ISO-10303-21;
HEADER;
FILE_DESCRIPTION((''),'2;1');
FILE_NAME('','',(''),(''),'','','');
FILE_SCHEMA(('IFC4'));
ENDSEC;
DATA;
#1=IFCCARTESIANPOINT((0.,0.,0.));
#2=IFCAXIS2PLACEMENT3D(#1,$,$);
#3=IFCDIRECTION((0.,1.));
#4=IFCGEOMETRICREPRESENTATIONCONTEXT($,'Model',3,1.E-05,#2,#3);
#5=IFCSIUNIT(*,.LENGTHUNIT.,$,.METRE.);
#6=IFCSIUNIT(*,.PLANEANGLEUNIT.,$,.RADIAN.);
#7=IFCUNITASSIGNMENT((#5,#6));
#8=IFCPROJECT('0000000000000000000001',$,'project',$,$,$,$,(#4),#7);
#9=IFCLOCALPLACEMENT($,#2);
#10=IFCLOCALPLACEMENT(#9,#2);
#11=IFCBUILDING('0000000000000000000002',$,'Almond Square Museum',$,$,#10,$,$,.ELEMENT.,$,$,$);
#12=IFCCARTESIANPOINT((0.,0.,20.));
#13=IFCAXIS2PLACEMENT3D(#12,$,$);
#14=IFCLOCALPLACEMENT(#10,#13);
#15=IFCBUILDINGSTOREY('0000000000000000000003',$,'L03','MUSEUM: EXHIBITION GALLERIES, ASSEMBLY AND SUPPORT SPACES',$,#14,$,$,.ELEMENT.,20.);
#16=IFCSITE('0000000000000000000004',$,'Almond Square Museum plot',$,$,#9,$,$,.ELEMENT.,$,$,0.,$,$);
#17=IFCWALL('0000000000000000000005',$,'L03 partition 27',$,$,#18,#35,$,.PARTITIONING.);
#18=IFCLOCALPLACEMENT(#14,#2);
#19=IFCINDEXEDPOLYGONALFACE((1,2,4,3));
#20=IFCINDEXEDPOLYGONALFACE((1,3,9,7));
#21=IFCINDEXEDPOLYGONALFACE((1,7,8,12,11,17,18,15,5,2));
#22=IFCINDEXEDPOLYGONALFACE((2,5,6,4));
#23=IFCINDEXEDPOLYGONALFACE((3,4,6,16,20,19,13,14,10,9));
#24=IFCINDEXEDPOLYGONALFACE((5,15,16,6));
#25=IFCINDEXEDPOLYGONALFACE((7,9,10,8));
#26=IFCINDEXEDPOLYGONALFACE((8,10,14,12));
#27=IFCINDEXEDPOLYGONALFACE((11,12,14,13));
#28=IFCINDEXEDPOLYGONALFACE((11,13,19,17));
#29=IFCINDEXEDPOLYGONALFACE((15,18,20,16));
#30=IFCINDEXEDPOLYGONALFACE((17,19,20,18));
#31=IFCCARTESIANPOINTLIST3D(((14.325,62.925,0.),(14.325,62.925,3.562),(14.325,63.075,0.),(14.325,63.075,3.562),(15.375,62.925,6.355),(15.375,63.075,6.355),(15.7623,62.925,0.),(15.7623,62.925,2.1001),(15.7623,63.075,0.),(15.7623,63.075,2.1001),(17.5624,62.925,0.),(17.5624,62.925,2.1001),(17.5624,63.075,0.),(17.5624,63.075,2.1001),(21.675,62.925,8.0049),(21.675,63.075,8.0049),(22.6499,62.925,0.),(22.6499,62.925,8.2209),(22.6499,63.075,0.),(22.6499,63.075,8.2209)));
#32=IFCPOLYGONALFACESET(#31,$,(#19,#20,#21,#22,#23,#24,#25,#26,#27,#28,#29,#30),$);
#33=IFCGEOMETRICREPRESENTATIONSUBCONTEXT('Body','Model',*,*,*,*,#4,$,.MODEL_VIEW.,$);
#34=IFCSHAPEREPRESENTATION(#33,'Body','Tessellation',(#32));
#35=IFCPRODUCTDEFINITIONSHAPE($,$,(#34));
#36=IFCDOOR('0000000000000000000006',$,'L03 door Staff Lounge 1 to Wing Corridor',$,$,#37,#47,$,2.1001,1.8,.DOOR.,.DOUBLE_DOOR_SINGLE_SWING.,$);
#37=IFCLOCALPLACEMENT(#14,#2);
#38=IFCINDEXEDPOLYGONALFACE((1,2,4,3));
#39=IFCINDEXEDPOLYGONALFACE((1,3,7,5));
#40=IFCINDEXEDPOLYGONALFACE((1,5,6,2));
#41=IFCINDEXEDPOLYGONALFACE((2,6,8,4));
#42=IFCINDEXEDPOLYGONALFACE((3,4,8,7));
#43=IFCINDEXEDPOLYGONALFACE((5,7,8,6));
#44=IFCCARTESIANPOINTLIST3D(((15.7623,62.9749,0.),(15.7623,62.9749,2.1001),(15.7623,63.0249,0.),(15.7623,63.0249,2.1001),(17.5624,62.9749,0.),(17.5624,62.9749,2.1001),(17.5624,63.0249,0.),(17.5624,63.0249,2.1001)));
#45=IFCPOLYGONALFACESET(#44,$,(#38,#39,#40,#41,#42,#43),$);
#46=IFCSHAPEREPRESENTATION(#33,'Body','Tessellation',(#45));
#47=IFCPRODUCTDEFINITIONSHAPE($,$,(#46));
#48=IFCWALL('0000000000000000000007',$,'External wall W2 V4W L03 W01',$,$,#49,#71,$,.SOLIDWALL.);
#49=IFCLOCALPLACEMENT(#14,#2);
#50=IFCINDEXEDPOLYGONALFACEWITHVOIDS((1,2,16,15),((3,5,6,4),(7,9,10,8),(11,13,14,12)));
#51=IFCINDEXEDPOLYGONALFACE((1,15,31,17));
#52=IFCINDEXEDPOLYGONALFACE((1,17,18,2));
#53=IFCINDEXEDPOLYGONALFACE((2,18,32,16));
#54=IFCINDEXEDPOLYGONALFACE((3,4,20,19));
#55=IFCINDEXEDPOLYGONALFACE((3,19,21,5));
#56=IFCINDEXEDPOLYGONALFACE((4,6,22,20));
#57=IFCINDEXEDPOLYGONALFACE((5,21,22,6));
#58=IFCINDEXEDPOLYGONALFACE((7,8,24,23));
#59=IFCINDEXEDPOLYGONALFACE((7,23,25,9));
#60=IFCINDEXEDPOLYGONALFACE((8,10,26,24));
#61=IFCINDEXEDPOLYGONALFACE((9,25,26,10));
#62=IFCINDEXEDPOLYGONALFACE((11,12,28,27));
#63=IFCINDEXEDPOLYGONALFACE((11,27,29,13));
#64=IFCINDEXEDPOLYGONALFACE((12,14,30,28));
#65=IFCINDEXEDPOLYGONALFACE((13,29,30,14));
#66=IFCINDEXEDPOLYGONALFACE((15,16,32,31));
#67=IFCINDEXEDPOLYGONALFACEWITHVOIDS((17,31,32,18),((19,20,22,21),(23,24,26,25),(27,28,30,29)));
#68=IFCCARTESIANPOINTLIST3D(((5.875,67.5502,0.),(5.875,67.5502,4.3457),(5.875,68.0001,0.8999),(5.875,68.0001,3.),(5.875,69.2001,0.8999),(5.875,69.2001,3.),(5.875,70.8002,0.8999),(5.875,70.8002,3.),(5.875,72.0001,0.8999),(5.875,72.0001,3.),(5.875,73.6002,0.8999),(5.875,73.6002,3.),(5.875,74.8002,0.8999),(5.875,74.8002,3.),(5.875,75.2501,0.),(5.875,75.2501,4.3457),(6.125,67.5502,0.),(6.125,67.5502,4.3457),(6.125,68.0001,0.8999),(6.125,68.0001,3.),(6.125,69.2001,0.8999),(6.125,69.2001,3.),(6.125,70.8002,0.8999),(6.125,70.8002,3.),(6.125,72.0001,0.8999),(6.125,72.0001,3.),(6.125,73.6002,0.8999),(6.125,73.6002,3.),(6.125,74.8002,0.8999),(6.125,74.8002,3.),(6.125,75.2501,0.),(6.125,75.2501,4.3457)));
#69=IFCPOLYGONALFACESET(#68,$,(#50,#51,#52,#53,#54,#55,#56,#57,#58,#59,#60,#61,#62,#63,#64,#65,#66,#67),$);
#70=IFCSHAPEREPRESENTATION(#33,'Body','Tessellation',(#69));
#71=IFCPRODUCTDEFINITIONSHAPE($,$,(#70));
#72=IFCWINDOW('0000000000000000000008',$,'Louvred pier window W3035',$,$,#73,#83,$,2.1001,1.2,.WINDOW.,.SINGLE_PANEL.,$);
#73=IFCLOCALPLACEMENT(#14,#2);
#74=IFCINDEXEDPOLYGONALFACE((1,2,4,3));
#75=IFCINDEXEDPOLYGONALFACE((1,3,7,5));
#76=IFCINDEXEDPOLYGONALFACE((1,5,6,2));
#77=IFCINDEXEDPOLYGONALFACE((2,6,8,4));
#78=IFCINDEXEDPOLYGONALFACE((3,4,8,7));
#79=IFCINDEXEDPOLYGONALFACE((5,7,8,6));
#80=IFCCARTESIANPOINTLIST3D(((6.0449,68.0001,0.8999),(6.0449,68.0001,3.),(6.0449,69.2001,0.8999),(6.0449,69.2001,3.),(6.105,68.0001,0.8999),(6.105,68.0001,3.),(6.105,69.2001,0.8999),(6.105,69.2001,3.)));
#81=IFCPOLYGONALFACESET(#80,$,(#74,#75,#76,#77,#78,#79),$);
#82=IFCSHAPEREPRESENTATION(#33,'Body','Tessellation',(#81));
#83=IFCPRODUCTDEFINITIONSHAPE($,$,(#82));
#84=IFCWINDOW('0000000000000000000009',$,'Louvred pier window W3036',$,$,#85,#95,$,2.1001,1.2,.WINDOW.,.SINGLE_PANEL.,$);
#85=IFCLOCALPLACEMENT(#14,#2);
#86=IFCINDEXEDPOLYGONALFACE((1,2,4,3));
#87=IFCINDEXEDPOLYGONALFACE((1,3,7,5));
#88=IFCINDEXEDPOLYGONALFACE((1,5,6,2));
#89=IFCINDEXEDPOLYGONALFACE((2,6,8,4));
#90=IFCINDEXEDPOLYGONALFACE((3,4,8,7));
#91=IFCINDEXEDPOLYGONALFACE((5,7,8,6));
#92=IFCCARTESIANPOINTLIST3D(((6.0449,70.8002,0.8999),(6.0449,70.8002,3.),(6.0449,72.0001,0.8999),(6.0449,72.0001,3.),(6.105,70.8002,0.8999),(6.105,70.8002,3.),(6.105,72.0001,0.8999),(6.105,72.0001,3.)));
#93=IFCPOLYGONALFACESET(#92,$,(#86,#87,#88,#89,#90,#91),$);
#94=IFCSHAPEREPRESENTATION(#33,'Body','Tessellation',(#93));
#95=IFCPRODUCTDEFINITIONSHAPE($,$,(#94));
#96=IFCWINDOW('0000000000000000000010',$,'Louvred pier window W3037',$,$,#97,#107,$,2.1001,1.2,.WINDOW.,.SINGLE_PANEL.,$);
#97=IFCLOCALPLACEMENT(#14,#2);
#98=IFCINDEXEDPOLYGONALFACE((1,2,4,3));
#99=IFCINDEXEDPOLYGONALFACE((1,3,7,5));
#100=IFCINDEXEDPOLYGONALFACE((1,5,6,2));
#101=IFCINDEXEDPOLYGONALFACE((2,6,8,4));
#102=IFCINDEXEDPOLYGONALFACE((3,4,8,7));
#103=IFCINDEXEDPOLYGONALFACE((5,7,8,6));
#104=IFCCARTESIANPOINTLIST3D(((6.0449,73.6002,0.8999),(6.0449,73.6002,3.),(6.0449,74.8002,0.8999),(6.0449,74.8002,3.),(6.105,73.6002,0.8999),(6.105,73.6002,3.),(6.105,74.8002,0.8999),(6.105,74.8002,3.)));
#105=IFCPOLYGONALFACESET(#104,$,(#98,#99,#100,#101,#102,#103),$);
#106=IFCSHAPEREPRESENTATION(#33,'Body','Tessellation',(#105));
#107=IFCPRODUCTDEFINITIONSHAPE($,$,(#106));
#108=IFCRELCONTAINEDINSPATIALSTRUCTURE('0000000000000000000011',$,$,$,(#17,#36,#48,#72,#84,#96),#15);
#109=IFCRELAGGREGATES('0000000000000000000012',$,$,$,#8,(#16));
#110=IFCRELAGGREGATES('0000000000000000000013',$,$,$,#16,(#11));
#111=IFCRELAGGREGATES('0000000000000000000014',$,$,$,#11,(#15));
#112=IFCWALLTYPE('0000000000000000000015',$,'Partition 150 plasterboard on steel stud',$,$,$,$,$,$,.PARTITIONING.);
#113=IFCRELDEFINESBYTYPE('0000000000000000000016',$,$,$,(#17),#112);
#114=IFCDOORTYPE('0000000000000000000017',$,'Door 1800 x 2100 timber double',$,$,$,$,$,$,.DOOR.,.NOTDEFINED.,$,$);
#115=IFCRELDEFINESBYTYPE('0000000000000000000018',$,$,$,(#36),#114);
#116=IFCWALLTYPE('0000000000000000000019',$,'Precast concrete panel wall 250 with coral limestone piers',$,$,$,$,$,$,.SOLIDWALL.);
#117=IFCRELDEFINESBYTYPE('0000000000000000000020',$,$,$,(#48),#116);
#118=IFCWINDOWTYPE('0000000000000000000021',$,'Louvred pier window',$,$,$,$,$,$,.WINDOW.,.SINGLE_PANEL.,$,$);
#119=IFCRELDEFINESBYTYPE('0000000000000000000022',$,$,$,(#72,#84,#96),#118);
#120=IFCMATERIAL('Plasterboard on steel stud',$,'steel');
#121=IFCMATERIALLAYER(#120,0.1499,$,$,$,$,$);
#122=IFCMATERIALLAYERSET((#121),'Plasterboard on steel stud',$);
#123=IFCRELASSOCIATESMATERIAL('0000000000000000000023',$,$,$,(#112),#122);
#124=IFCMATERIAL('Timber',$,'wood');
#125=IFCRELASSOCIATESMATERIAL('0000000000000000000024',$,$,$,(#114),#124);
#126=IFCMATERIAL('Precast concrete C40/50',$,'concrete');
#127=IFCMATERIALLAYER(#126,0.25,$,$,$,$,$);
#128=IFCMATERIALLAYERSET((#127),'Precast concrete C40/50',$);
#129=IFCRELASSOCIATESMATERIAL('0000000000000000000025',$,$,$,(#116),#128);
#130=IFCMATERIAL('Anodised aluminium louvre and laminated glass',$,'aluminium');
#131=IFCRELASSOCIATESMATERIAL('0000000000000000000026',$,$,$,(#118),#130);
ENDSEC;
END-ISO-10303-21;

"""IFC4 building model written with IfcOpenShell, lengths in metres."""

from ifc_helpers import new_model, si_unit, direction, frame, frame_2d, origin, place, context, subcontext, project, spatial, polyline, rectangle, outline, extrude, material, layer, layer_set, type_object, element, fill, save


model = new_model("IFC4")

# Units and contexts
model_context = context("Model", 3, precision=1e-05, world=origin(), true_north=direction((0.0, 1.0)))
body_context = subcontext(model_context, "Body", "Model", "MODEL_VIEW")
ifc_project = project(units=[si_unit("LENGTHUNIT", "METRE"), si_unit("PLANEANGLEUNIT", "RADIAN")], contexts=[model_context])

# Site, building, storey
site_placement = place(None, origin())
site = spatial("IfcSite", under=ifc_project, at=site_placement, Name="Almond Square Museum plot", CompositionType="ELEMENT", RefElevation=0.0)
building_placement = place(site_placement, origin())
building = spatial("IfcBuilding", under=site, at=building_placement, Name="Almond Square Museum", CompositionType="ELEMENT")
storey_placement = place(building_placement, frame((0.0, 0.0, 20.0)))
storey = spatial("IfcBuildingStorey", under=building, at=storey_placement, Name="L03", Description="MUSEUM: EXHIBITION GALLERIES, ASSEMBLY AND SUPPORT SPACES", CompositionType="ELEMENT", Elevation=20.0)

# Wall, opening, door
ifc_material_1 = material(Name="Plasterboard on steel stud", Category="steel")
ifc_layer_1 = layer(ifc_material_1, 0.1499)
ifc_layer_set_1 = layer_set([ifc_layer_1], Name="Plasterboard on steel stud")
wall_type_1 = type_object("IfcWallType", Name="Partition 150 plasterboard on steel stud", PredefinedType="PARTITIONING", material=ifc_layer_set_1)
wall_1_placement = place(storey_placement, frame((14.325, 63.0, 0.0), z_axis=(0.0, 0.0, 1.0), x_axis=(1.0, 0.0, 0.0)))
wall_1 = element("IfcWall", 1, at=wall_1_placement, inside=storey, type_object=wall_type_1, Name="L03 partition 27", PredefinedType="PARTITIONING", context=body_context, shape_type="SweptSolid", body=[
    extrude(outline(polyline([(0.0, 0.0), (8.325, 0.0), (8.325, 8.2209), (7.3501, 8.0049), (1.05, 6.355), (0.0, 3.562), (0.0, 0.0)])), frame((0.0, 0.075, 0.0), z_axis=(0.0, -1.0, 0.0), x_axis=(1.0, 0.0, 0.0)), (0.0, 0.0, 1.0), 0.1499),
])
opening_1_placement = place(wall_1_placement, frame((1.4375, 0.0, 0.0)))
opening_1 = element("IfcOpeningElement", 2, at=opening_1_placement, cuts=wall_1, PredefinedType="OPENING", context=body_context, shape_type="SweptSolid", body=[
    extrude(rectangle(XDim=1.8, YDim=2.1001, at=frame_2d((0.8999, 1.05))), frame((0.0, 0.085, 0.0), z_axis=(0.0, -1.0, 0.0), x_axis=(1.0, 0.0, 0.0)), (0.0, 0.0, 1.0), 0.1699),
])
ifc_material_2 = material(Name="Timber", Category="wood")
door_type_1 = type_object("IfcDoorType", Name="Door 1800 x 2100 timber double", OperationType="NOTDEFINED", PredefinedType="DOOR", material=ifc_material_2)
door_1_placement = place(opening_1_placement, origin())
door_1 = element("IfcDoor", 3, at=door_1_placement, inside=storey, type_object=door_type_1, Name="L03 door Staff Lounge 1 to Wing Corridor", OperationType="DOUBLE_DOOR_SINGLE_SWING", OverallHeight=2.1001, OverallWidth=1.8, PredefinedType="DOOR", context=body_context, shape_type="SweptSolid", body=[
    extrude(rectangle(XDim=1.8, YDim=2.1001, at=frame_2d((0.8999, 1.05))), frame((0.0, 0.0249, 0.0), z_axis=(0.0, -1.0, 0.0), x_axis=(1.0, 0.0, 0.0)), (0.0, 0.0, 1.0), 0.05),
])
fill(opening_1, door_1)

# Wall, openings, windows
ifc_material_3 = material(Name="Precast concrete C40/50", Category="concrete")
ifc_layer_2 = layer(ifc_material_3, 0.25)
ifc_layer_set_2 = layer_set([ifc_layer_2], Name="Precast concrete C40/50")
wall_type_2 = type_object("IfcWallType", Name="Precast concrete panel wall 250 with coral limestone piers", PredefinedType="SOLIDWALL", material=ifc_layer_set_2)
wall_2_placement = place(storey_placement, frame((6.0, 67.55, 0.0), z_axis=(0.0, 0.0, 1.0), x_axis=(0.0, 1.0, 0.0)))
wall_2 = element("IfcWall", 4, at=wall_2_placement, inside=storey, type_object=wall_type_2, Name="External wall W2 V4W L03 W01", PredefinedType="SOLIDWALL", context=body_context, shape_type="SweptSolid", body=[
    extrude(rectangle(XDim=7.7, YDim=0.25, at=frame_2d((3.8501, 0.0))), origin(), (0.0, 0.0, 1.0), 4.3457),
])
opening_2_placement = place(wall_2_placement, frame((0.45, 0.0, 0.8999)))
opening_2 = element("IfcOpeningElement", 5, at=opening_2_placement, cuts=wall_2, PredefinedType="OPENING", context=body_context, shape_type="SweptSolid", body=[
    extrude(rectangle(XDim=1.2, YDim=2.1001, at=frame_2d((0.6001, 1.05))), frame((0.0, 0.135, 0.0), z_axis=(0.0, -1.0, 0.0), x_axis=(1.0, 0.0, 0.0)), (0.0, 0.0, 1.0), 0.27),
])
opening_3_placement = place(wall_2_placement, frame((3.25, 0.0, 0.8999)))
opening_3 = element("IfcOpeningElement", 6, at=opening_3_placement, cuts=wall_2, PredefinedType="OPENING", context=body_context, shape_type="SweptSolid", body=[
    extrude(rectangle(XDim=1.2, YDim=2.1001, at=frame_2d((0.6001, 1.05))), frame((0.0, 0.135, 0.0), z_axis=(0.0, -1.0, 0.0), x_axis=(1.0, 0.0, 0.0)), (0.0, 0.0, 1.0), 0.27),
])
opening_4_placement = place(wall_2_placement, frame((6.05, 0.0, 0.8999)))
opening_4 = element("IfcOpeningElement", 7, at=opening_4_placement, cuts=wall_2, PredefinedType="OPENING", context=body_context, shape_type="SweptSolid", body=[
    extrude(rectangle(XDim=1.2, YDim=2.1001, at=frame_2d((0.6001, 1.05))), frame((0.0, 0.135, 0.0), z_axis=(0.0, -1.0, 0.0), x_axis=(1.0, 0.0, 0.0)), (0.0, 0.0, 1.0), 0.27),
])
ifc_material_4 = material(Name="Anodised aluminium louvre and laminated glass", Category="aluminium")
window_type = type_object("IfcWindowType", Name="Louvred pier window", PartitioningType="SINGLE_PANEL", PredefinedType="WINDOW", material=ifc_material_4)
window_1_placement = place(opening_2_placement, origin())
window_1 = element("IfcWindow", 8, at=window_1_placement, inside=storey, type_object=window_type, Name="Louvred pier window W3035", OverallHeight=2.1001, OverallWidth=1.2, PartitioningType="SINGLE_PANEL", PredefinedType="WINDOW", context=body_context, shape_type="SweptSolid", body=[
    extrude(rectangle(XDim=1.2, YDim=2.1001, at=frame_2d((0.6001, 1.05))), frame((0.0, -0.0449, 0.0), z_axis=(0.0, -1.0, 0.0), x_axis=(1.0, 0.0, 0.0)), (0.0, 0.0, 1.0), 0.0601),
])
fill(opening_2, window_1)
window_2_placement = place(opening_3_placement, origin())
window_2 = element("IfcWindow", 9, at=window_2_placement, inside=storey, type_object=window_type, Name="Louvred pier window W3036", OverallHeight=2.1001, OverallWidth=1.2, PartitioningType="SINGLE_PANEL", PredefinedType="WINDOW", context=body_context, shape_type="SweptSolid", body=[
    extrude(rectangle(XDim=1.2, YDim=2.1001, at=frame_2d((0.6001, 1.05))), frame((0.0, -0.0449, 0.0), z_axis=(0.0, -1.0, 0.0), x_axis=(1.0, 0.0, 0.0)), (0.0, 0.0, 1.0), 0.0601),
])
fill(opening_3, window_2)
window_3_placement = place(opening_4_placement, origin())
window_3 = element("IfcWindow", 10, at=window_3_placement, inside=storey, type_object=window_type, Name="Louvred pier window W3037", OverallHeight=2.1001, OverallWidth=1.2, PartitioningType="SINGLE_PANEL", PredefinedType="WINDOW", context=body_context, shape_type="SweptSolid", body=[
    extrude(rectangle(XDim=1.2, YDim=2.1001, at=frame_2d((0.6001, 1.05))), frame((0.0, -0.0449, 0.0), z_axis=(0.0, -1.0, 0.0), x_axis=(1.0, 0.0, 0.0)), (0.0, 0.0, 1.0), 0.0601),
])
fill(opening_4, window_3)

save(model, "model.ifc")
